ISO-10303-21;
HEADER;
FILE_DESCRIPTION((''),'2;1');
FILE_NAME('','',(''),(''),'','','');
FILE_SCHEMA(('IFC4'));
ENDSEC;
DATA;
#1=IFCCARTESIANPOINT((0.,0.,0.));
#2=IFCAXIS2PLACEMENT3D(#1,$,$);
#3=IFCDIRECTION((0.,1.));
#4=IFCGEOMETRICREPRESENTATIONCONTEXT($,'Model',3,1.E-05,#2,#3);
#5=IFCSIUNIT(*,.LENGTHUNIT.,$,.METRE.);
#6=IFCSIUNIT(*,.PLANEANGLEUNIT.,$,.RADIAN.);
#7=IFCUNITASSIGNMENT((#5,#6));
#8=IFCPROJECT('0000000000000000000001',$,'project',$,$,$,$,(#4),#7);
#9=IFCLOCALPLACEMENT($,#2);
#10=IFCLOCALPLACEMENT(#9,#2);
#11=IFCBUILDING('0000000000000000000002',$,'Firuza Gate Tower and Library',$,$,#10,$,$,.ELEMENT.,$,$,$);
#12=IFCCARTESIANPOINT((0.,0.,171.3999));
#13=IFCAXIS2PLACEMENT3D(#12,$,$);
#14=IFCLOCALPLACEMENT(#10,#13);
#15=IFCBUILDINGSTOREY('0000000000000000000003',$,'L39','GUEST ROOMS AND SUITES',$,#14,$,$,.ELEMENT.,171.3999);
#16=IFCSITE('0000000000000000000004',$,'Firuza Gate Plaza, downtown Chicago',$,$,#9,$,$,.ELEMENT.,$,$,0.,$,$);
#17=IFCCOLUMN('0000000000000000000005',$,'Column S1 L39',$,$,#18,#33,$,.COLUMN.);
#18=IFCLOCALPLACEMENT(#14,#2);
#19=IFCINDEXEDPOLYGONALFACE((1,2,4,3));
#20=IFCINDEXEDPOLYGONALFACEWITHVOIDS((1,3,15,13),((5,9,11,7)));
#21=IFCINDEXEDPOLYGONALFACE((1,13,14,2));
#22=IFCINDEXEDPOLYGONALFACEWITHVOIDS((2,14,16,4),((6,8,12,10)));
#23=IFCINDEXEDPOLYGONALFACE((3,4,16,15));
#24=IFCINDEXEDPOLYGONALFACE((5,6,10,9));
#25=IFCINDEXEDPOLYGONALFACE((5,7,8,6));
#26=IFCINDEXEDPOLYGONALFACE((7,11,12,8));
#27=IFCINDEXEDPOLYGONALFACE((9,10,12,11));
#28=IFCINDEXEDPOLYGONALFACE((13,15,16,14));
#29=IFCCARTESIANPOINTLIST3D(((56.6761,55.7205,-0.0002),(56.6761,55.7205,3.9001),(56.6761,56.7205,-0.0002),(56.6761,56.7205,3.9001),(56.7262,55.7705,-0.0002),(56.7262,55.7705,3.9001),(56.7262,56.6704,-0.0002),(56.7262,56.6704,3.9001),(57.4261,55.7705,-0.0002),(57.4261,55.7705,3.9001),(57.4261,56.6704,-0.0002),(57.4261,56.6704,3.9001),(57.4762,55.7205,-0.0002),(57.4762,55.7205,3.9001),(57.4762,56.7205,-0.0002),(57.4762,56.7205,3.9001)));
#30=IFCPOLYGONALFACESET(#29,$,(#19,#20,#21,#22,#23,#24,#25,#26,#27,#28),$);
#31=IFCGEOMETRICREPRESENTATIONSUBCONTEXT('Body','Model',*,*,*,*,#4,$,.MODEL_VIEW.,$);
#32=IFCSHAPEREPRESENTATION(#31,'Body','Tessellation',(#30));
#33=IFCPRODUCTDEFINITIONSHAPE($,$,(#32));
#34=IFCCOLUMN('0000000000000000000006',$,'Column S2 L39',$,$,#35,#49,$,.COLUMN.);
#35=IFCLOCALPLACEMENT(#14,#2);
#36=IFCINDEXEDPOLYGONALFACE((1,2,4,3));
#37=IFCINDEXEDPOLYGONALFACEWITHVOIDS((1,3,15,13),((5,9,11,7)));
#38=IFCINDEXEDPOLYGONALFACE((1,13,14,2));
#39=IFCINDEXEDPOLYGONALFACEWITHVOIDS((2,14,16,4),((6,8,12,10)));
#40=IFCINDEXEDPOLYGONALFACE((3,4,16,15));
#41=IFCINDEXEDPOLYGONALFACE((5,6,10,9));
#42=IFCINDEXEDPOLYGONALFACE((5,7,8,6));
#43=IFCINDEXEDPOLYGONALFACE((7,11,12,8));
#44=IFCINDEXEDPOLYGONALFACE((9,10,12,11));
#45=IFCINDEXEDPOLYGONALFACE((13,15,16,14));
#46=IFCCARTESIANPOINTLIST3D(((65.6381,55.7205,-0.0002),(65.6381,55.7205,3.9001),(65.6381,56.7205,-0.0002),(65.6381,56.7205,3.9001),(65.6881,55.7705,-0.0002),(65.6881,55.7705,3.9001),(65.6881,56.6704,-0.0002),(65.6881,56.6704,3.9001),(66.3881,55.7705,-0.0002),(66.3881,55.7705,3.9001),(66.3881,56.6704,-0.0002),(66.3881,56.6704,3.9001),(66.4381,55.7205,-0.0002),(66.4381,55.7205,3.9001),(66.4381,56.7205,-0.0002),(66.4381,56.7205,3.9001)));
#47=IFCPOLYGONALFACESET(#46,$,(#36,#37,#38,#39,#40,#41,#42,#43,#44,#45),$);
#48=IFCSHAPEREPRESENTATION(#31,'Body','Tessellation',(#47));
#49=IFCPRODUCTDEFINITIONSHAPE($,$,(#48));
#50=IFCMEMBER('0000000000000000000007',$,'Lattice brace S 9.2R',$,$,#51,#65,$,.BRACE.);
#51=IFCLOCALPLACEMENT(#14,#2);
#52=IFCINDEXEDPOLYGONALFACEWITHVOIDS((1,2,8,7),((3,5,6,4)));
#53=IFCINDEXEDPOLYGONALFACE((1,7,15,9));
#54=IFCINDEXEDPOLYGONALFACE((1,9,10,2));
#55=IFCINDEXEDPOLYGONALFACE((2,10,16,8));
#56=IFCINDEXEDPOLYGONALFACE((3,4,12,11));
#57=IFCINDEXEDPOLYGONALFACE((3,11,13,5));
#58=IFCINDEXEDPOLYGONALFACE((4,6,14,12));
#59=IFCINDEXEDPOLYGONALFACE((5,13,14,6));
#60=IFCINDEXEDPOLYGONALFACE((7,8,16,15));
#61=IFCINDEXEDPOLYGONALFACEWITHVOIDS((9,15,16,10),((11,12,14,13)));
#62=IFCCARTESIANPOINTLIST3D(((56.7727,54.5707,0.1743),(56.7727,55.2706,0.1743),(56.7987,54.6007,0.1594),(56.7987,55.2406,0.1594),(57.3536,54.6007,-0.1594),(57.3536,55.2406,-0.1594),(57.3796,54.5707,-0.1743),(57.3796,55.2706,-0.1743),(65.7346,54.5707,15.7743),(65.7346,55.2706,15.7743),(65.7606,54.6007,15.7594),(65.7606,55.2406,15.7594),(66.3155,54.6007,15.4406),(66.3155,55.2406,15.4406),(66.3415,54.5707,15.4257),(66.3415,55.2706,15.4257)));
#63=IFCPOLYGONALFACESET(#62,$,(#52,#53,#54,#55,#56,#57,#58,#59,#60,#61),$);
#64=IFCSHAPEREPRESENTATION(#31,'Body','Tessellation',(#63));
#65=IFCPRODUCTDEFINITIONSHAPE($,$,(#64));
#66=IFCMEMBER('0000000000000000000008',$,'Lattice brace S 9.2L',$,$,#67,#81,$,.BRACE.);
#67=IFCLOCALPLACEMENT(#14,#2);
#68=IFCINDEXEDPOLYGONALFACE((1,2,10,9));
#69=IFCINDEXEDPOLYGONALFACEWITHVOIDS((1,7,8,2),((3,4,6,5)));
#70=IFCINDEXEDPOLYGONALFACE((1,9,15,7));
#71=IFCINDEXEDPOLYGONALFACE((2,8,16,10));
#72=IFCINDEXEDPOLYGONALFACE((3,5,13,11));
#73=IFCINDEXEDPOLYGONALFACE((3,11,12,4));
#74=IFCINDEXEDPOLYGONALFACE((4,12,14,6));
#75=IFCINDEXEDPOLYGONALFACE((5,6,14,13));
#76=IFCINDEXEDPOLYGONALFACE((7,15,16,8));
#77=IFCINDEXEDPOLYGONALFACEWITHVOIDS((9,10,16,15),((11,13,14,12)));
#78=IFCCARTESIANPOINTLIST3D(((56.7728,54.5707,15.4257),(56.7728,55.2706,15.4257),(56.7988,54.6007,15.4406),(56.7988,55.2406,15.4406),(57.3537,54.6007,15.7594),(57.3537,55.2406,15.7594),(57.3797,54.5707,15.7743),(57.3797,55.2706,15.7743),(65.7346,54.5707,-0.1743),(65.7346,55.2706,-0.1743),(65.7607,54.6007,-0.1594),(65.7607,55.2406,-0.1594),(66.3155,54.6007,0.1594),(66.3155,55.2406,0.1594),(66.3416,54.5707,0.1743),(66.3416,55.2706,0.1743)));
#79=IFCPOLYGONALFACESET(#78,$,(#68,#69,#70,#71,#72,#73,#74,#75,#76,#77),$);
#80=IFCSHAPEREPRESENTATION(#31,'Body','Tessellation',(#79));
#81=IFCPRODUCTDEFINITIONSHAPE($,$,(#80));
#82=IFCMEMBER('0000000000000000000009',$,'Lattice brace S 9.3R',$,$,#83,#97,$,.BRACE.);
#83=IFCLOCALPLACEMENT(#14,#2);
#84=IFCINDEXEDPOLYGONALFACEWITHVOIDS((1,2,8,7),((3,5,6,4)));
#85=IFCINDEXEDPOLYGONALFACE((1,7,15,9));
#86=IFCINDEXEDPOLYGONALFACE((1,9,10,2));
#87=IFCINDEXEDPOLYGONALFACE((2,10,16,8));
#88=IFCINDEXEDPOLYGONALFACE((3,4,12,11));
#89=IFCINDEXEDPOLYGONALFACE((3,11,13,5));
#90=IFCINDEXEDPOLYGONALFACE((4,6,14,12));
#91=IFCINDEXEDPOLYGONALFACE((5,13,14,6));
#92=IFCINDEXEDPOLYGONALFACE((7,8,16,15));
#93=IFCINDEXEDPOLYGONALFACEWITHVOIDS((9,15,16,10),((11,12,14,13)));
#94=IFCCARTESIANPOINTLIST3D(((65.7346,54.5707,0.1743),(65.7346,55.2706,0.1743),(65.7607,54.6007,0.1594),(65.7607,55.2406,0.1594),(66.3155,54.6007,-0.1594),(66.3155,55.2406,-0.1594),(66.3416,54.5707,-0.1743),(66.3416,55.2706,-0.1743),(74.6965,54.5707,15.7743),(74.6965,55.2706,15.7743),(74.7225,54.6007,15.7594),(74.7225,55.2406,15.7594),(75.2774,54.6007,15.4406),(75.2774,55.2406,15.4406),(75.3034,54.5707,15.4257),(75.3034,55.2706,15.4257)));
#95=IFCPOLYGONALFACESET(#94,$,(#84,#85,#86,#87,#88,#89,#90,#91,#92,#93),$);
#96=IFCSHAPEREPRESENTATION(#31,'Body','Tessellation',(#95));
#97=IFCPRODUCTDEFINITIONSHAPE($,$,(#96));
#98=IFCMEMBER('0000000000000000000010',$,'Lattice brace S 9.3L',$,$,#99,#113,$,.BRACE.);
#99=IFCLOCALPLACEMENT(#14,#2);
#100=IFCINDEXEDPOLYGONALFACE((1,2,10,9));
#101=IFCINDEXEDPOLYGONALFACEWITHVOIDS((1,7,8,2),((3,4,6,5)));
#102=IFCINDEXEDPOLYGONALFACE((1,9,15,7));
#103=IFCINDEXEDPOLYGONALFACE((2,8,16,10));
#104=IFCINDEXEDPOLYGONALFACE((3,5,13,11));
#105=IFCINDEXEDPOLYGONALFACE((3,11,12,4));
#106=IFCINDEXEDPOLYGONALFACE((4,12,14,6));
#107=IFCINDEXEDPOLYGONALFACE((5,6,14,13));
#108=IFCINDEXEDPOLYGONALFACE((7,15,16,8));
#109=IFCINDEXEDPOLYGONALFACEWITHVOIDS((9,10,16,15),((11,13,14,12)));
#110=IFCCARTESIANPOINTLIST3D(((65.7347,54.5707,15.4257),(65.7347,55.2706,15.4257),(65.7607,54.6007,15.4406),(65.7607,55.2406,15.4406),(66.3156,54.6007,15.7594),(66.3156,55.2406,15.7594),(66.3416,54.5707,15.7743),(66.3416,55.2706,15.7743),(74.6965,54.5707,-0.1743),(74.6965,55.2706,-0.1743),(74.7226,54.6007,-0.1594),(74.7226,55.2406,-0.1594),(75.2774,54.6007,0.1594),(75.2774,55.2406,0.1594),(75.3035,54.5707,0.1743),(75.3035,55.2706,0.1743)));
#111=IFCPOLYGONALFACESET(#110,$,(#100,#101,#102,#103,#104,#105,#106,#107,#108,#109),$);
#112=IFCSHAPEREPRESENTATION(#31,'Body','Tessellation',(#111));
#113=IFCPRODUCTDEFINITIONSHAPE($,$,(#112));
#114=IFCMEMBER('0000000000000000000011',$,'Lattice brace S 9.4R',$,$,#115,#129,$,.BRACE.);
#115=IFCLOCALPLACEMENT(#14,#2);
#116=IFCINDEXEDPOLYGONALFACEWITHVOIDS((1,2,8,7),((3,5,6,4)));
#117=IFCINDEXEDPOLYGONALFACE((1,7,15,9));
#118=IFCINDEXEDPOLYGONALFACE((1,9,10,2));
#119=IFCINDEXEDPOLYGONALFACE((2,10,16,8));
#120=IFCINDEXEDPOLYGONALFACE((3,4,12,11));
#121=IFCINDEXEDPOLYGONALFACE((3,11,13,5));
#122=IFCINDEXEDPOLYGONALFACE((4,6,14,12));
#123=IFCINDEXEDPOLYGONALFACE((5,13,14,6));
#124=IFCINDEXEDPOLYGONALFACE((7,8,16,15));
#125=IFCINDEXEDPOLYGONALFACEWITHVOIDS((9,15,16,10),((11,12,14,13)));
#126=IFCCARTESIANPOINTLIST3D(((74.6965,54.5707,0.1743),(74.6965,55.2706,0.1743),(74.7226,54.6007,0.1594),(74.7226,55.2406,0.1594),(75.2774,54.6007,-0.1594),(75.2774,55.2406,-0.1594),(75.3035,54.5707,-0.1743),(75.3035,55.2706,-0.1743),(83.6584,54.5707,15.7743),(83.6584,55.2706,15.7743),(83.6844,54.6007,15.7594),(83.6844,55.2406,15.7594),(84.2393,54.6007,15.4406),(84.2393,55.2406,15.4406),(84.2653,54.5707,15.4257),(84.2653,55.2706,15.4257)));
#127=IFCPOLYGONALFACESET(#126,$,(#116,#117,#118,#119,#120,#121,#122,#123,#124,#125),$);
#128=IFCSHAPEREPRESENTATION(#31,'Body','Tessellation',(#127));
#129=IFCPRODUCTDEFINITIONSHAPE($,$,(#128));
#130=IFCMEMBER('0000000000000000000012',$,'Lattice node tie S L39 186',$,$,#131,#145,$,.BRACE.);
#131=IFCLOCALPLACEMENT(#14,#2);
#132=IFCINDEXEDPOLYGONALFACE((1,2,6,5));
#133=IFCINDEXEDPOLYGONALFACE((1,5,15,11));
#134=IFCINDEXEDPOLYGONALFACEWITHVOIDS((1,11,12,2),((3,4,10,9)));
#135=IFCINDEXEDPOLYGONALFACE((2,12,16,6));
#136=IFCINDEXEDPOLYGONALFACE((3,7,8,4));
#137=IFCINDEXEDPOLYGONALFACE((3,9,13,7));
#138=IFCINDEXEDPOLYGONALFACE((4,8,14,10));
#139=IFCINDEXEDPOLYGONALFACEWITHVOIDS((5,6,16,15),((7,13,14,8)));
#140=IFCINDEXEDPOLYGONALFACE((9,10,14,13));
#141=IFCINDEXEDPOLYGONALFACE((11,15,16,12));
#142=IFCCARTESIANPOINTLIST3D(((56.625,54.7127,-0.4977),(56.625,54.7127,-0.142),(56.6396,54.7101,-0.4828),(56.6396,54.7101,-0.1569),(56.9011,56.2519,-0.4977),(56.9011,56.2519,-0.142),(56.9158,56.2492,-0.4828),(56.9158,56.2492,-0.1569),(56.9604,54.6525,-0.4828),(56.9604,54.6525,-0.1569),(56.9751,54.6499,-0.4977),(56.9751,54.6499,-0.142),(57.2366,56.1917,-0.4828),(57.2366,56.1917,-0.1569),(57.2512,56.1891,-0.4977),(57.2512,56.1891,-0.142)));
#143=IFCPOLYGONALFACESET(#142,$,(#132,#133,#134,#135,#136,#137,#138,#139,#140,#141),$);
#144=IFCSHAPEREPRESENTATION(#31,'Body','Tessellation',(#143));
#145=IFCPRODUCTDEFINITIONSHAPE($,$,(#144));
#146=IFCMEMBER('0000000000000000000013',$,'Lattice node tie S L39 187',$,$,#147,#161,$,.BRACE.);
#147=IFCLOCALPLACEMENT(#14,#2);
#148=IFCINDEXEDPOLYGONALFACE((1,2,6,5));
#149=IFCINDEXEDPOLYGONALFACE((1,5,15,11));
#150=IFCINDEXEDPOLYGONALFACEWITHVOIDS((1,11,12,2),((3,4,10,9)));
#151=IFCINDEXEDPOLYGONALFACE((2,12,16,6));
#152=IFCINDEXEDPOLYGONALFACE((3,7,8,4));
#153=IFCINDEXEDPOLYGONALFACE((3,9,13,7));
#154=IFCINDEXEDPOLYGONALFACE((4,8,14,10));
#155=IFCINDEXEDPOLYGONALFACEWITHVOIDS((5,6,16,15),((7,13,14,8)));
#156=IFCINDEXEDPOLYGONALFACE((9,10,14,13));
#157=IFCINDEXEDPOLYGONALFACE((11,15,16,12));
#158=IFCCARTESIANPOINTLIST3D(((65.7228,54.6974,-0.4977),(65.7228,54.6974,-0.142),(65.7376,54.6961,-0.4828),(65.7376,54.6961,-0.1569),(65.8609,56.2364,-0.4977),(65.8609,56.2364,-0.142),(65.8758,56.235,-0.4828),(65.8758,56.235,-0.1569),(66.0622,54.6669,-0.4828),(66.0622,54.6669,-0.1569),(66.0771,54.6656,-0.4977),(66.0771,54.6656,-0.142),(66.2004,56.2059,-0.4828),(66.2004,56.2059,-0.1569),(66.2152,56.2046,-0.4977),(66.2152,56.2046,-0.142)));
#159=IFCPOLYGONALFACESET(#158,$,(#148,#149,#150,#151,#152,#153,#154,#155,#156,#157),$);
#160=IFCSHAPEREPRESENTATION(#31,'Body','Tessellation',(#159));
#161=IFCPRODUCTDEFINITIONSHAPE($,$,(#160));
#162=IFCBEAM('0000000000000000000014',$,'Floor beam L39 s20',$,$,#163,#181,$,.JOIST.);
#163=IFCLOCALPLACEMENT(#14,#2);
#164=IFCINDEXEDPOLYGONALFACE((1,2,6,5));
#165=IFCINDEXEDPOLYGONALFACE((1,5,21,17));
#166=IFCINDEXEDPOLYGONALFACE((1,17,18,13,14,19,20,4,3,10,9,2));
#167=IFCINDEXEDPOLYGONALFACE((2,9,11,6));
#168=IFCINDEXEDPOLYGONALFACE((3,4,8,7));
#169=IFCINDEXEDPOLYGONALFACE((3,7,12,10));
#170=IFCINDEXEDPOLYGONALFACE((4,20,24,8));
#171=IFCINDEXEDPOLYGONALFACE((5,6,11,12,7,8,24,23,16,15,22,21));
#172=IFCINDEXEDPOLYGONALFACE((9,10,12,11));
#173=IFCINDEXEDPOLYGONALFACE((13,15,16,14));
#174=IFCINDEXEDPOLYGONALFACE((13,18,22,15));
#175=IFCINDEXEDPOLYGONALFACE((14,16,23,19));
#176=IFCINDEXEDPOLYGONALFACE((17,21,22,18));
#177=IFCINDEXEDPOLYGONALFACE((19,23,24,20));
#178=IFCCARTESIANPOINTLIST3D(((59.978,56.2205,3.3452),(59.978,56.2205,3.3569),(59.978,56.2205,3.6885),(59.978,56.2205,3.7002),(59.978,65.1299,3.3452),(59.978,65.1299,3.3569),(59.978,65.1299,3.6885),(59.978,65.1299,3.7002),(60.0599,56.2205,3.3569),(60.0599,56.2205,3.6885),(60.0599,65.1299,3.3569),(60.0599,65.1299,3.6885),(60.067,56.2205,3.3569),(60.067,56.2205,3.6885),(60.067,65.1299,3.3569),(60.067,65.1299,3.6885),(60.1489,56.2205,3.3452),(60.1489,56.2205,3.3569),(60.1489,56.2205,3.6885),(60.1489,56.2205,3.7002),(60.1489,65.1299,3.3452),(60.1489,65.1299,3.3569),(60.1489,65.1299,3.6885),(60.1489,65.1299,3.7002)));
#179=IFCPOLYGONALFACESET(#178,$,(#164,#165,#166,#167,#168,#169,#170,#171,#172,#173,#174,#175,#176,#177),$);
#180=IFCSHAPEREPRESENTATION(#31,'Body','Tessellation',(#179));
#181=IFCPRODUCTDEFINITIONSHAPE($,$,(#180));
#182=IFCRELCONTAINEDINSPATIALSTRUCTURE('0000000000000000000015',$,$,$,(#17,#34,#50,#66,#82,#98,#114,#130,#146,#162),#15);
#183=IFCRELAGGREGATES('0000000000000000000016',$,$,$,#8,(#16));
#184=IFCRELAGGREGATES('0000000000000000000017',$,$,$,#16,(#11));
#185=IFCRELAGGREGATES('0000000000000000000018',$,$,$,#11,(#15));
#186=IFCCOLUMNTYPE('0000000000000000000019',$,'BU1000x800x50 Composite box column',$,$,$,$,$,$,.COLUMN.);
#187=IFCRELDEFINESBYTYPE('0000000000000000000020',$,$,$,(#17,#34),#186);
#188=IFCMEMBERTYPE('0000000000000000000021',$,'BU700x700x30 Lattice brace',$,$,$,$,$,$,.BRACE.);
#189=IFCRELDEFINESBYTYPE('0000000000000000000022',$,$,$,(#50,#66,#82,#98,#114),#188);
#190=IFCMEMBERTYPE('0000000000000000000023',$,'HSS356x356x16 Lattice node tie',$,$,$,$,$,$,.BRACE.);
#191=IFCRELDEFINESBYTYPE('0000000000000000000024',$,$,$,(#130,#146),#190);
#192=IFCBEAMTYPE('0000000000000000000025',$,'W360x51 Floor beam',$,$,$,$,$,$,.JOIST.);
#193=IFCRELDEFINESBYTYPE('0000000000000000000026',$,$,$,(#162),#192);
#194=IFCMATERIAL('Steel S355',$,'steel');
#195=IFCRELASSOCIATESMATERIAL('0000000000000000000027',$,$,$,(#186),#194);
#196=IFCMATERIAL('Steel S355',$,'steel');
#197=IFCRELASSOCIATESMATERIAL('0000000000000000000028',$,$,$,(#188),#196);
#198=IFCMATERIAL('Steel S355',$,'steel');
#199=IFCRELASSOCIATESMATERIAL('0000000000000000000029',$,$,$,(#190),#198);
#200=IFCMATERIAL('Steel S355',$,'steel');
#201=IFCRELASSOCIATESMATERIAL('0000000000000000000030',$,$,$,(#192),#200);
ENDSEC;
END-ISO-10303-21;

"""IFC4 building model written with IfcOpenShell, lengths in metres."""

from ifc_helpers import new_model, si_unit, direction, frame, origin, origin_2d, place, context, subcontext, project, spatial, hollow_rectangle, i_section, extrude, material, material_profile, profile_set, type_object, element, save


model = new_model("IFC4")

# Units and contexts
model_context = context("Model", 3, precision=1e-05, world=origin(), true_north=direction((0.0, 1.0)))
body_context = subcontext(model_context, "Body", "Model", "MODEL_VIEW")
ifc_project = project(units=[si_unit("LENGTHUNIT", "METRE"), si_unit("PLANEANGLEUNIT", "RADIAN")], contexts=[model_context])

# Site, building, storey
site_placement = place(None, origin())
site = spatial("IfcSite", under=ifc_project, at=site_placement, Name="Firuza Gate Plaza, downtown Chicago", CompositionType="ELEMENT", RefElevation=0.0)
building_placement = place(site_placement, origin())
building = spatial("IfcBuilding", under=site, at=building_placement, Name="Firuza Gate Tower and Library", CompositionType="ELEMENT")
storey_placement = place(building_placement, frame((0.0, 0.0, 171.3999)))
storey = spatial("IfcBuildingStorey", under=building, at=storey_placement, Name="L39", Description="GUEST ROOMS AND SUITES", CompositionType="ELEMENT", Elevation=171.3999)

# Columns
ifc_material_1 = material(Name="Steel S355", Category="steel")
ifc_material_profile_1 = material_profile(ifc_material_1, hollow_rectangle(XDim=0.8, YDim=1.0, WallThickness=0.05, at=origin_2d()))
ifc_profile_set_1 = profile_set([ifc_material_profile_1], Name="Steel S355")
column_type = type_object("IfcColumnType", Name="BU1000x800x50 Composite box column", PredefinedType="COLUMN", material=ifc_profile_set_1)
for number, where, z_axis, x_axis, name in (
    (1, (57.0762, 56.2205, -0.0002), (0.0, 0.0, 1.0), (1.0, 0.0, 0.0), "Column S1 L39"),
    (2, (66.0381, 56.2205, -0.0002), (0.0, 0.0, 1.0), (1.0, 0.0, 0.0), "Column S2 L39"),
):
    element("IfcColumn", number, at=place(storey_placement, frame(where, z_axis=z_axis, x_axis=x_axis)), inside=storey, type_object=column_type, Name=name, PredefinedType="COLUMN", context=body_context, shape_type="SweptSolid", body=[
        extrude(hollow_rectangle(XDim=0.8, YDim=1.0, WallThickness=0.05, at=origin_2d()), origin(), (0.0, 0.0, 1.0), 3.9004),
    ])

# Members
ifc_material_2 = material(Name="Steel S355", Category="steel")
ifc_material_profile_2 = material_profile(ifc_material_2, hollow_rectangle(XDim=0.7, YDim=0.7, WallThickness=0.03, at=origin_2d()))
ifc_profile_set_2 = profile_set([ifc_material_profile_2], Name="Steel S355")
member_type_1 = type_object("IfcMemberType", Name="BU700x700x30 Lattice brace", PredefinedType="BRACE", material=ifc_profile_set_2)
for number, where, z_axis, x_axis, name in (
    (3, (57.0762, 54.9207, 0.0), (0.498131, 0.0, 0.867102), (0.0, 1.0, 0.0), "Lattice brace S 9.2R"),
    (4, (66.0381, 54.9207, 0.0), (-0.498131, 0.0, 0.867102), (0.0, -1.0, 0.0), "Lattice brace S 9.2L"),
    (5, (66.0381, 54.9207, 0.0), (0.498131, 0.0, 0.867102), (0.0, 1.0, 0.0), "Lattice brace S 9.3R"),
    (6, (75.0, 54.9207, 0.0), (-0.498131, 0.0, 0.867102), (0.0, -1.0, 0.0), "Lattice brace S 9.3L"),
    (7, (75.0, 54.9207, 0.0), (0.498131, 0.0, 0.867102), (0.0, 1.0, 0.0), "Lattice brace S 9.4R"),
):
    element("IfcMember", number, at=place(storey_placement, frame(where, z_axis=z_axis, x_axis=x_axis)), inside=storey, type_object=member_type_1, Name=name, PredefinedType="BRACE", context=body_context, shape_type="SweptSolid", body=[
        extrude(hollow_rectangle(XDim=0.7, YDim=0.7, WallThickness=0.03, at=origin_2d()), origin(), (0.0, 0.0, 1.0), 17.991),
    ])
ifc_material_3 = material(Name="Steel S355", Category="steel")
ifc_material_profile_3 = material_profile(ifc_material_3, hollow_rectangle(XDim=0.3557, YDim=0.3557, WallThickness=0.0149, at=origin_2d()))
ifc_profile_set_3 = profile_set([ifc_material_profile_3], Name="Steel S355")
member_type_2 = type_object("IfcMemberType", Name="HSS356x356x16 Lattice node tie", PredefinedType="BRACE", material=ifc_profile_set_3)
member_1_placement = place(storey_placement, frame((57.0762, 56.2205, -0.3198), z_axis=(-0.17659, -0.984284, 0.0), x_axis=(0.984284, -0.17659, 0.0)))
element("IfcMember", 8, at=member_1_placement, inside=storey, type_object=member_type_2, Name="Lattice node tie S L39 186", PredefinedType="BRACE", context=body_context, shape_type="SweptSolid", body=[
    extrude(hollow_rectangle(XDim=0.3557, YDim=0.3557, WallThickness=0.0149, at=origin_2d()), origin(), (0.0, 0.0, 1.0), 1.5637),
])
member_2_placement = place(storey_placement, frame((66.0381, 56.2205, -0.3198), z_axis=(-0.089425, -0.995994, 0.0), x_axis=(0.995994, -0.089425, 0.0)))
element("IfcMember", 9, at=member_2_placement, inside=storey, type_object=member_type_2, Name="Lattice node tie S L39 187", PredefinedType="BRACE", context=body_context, shape_type="SweptSolid", body=[
    extrude(hollow_rectangle(XDim=0.3557, YDim=0.3557, WallThickness=0.0149, at=origin_2d()), origin(), (0.0, 0.0, 1.0), 1.5452),
])

# Beam
ifc_material_4 = material(Name="Steel S355", Category="steel")
ifc_material_profile_4 = material_profile(ifc_material_4, i_section(OverallWidth=0.1709, OverallDepth=0.355, WebThickness=0.0071, FlangeThickness=0.0117, at=origin_2d()))
ifc_profile_set_4 = profile_set([ifc_material_profile_4], Name="Steel S355")
beam_type_1 = type_object("IfcBeamType", Name="W360x51 Floor beam", PredefinedType="JOIST", material=ifc_profile_set_4)
beam_1_placement = place(storey_placement, frame((60.0635, 56.2205, 3.5227), z_axis=(0.0, 1.0, 0.0), x_axis=(-1.0, 0.0, 0.0)))
element("IfcBeam", 10, at=beam_1_placement, inside=storey, type_object=beam_type_1, Name="Floor beam L39 s20", PredefinedType="JOIST", context=body_context, shape_type="SweptSolid", body=[
    extrude(i_section(OverallWidth=0.1709, OverallDepth=0.355, WebThickness=0.0071, FlangeThickness=0.0117, at=origin_2d()), origin(), (0.0, 0.0, 1.0), 8.9094),
])

save(model, "model.ifc")
